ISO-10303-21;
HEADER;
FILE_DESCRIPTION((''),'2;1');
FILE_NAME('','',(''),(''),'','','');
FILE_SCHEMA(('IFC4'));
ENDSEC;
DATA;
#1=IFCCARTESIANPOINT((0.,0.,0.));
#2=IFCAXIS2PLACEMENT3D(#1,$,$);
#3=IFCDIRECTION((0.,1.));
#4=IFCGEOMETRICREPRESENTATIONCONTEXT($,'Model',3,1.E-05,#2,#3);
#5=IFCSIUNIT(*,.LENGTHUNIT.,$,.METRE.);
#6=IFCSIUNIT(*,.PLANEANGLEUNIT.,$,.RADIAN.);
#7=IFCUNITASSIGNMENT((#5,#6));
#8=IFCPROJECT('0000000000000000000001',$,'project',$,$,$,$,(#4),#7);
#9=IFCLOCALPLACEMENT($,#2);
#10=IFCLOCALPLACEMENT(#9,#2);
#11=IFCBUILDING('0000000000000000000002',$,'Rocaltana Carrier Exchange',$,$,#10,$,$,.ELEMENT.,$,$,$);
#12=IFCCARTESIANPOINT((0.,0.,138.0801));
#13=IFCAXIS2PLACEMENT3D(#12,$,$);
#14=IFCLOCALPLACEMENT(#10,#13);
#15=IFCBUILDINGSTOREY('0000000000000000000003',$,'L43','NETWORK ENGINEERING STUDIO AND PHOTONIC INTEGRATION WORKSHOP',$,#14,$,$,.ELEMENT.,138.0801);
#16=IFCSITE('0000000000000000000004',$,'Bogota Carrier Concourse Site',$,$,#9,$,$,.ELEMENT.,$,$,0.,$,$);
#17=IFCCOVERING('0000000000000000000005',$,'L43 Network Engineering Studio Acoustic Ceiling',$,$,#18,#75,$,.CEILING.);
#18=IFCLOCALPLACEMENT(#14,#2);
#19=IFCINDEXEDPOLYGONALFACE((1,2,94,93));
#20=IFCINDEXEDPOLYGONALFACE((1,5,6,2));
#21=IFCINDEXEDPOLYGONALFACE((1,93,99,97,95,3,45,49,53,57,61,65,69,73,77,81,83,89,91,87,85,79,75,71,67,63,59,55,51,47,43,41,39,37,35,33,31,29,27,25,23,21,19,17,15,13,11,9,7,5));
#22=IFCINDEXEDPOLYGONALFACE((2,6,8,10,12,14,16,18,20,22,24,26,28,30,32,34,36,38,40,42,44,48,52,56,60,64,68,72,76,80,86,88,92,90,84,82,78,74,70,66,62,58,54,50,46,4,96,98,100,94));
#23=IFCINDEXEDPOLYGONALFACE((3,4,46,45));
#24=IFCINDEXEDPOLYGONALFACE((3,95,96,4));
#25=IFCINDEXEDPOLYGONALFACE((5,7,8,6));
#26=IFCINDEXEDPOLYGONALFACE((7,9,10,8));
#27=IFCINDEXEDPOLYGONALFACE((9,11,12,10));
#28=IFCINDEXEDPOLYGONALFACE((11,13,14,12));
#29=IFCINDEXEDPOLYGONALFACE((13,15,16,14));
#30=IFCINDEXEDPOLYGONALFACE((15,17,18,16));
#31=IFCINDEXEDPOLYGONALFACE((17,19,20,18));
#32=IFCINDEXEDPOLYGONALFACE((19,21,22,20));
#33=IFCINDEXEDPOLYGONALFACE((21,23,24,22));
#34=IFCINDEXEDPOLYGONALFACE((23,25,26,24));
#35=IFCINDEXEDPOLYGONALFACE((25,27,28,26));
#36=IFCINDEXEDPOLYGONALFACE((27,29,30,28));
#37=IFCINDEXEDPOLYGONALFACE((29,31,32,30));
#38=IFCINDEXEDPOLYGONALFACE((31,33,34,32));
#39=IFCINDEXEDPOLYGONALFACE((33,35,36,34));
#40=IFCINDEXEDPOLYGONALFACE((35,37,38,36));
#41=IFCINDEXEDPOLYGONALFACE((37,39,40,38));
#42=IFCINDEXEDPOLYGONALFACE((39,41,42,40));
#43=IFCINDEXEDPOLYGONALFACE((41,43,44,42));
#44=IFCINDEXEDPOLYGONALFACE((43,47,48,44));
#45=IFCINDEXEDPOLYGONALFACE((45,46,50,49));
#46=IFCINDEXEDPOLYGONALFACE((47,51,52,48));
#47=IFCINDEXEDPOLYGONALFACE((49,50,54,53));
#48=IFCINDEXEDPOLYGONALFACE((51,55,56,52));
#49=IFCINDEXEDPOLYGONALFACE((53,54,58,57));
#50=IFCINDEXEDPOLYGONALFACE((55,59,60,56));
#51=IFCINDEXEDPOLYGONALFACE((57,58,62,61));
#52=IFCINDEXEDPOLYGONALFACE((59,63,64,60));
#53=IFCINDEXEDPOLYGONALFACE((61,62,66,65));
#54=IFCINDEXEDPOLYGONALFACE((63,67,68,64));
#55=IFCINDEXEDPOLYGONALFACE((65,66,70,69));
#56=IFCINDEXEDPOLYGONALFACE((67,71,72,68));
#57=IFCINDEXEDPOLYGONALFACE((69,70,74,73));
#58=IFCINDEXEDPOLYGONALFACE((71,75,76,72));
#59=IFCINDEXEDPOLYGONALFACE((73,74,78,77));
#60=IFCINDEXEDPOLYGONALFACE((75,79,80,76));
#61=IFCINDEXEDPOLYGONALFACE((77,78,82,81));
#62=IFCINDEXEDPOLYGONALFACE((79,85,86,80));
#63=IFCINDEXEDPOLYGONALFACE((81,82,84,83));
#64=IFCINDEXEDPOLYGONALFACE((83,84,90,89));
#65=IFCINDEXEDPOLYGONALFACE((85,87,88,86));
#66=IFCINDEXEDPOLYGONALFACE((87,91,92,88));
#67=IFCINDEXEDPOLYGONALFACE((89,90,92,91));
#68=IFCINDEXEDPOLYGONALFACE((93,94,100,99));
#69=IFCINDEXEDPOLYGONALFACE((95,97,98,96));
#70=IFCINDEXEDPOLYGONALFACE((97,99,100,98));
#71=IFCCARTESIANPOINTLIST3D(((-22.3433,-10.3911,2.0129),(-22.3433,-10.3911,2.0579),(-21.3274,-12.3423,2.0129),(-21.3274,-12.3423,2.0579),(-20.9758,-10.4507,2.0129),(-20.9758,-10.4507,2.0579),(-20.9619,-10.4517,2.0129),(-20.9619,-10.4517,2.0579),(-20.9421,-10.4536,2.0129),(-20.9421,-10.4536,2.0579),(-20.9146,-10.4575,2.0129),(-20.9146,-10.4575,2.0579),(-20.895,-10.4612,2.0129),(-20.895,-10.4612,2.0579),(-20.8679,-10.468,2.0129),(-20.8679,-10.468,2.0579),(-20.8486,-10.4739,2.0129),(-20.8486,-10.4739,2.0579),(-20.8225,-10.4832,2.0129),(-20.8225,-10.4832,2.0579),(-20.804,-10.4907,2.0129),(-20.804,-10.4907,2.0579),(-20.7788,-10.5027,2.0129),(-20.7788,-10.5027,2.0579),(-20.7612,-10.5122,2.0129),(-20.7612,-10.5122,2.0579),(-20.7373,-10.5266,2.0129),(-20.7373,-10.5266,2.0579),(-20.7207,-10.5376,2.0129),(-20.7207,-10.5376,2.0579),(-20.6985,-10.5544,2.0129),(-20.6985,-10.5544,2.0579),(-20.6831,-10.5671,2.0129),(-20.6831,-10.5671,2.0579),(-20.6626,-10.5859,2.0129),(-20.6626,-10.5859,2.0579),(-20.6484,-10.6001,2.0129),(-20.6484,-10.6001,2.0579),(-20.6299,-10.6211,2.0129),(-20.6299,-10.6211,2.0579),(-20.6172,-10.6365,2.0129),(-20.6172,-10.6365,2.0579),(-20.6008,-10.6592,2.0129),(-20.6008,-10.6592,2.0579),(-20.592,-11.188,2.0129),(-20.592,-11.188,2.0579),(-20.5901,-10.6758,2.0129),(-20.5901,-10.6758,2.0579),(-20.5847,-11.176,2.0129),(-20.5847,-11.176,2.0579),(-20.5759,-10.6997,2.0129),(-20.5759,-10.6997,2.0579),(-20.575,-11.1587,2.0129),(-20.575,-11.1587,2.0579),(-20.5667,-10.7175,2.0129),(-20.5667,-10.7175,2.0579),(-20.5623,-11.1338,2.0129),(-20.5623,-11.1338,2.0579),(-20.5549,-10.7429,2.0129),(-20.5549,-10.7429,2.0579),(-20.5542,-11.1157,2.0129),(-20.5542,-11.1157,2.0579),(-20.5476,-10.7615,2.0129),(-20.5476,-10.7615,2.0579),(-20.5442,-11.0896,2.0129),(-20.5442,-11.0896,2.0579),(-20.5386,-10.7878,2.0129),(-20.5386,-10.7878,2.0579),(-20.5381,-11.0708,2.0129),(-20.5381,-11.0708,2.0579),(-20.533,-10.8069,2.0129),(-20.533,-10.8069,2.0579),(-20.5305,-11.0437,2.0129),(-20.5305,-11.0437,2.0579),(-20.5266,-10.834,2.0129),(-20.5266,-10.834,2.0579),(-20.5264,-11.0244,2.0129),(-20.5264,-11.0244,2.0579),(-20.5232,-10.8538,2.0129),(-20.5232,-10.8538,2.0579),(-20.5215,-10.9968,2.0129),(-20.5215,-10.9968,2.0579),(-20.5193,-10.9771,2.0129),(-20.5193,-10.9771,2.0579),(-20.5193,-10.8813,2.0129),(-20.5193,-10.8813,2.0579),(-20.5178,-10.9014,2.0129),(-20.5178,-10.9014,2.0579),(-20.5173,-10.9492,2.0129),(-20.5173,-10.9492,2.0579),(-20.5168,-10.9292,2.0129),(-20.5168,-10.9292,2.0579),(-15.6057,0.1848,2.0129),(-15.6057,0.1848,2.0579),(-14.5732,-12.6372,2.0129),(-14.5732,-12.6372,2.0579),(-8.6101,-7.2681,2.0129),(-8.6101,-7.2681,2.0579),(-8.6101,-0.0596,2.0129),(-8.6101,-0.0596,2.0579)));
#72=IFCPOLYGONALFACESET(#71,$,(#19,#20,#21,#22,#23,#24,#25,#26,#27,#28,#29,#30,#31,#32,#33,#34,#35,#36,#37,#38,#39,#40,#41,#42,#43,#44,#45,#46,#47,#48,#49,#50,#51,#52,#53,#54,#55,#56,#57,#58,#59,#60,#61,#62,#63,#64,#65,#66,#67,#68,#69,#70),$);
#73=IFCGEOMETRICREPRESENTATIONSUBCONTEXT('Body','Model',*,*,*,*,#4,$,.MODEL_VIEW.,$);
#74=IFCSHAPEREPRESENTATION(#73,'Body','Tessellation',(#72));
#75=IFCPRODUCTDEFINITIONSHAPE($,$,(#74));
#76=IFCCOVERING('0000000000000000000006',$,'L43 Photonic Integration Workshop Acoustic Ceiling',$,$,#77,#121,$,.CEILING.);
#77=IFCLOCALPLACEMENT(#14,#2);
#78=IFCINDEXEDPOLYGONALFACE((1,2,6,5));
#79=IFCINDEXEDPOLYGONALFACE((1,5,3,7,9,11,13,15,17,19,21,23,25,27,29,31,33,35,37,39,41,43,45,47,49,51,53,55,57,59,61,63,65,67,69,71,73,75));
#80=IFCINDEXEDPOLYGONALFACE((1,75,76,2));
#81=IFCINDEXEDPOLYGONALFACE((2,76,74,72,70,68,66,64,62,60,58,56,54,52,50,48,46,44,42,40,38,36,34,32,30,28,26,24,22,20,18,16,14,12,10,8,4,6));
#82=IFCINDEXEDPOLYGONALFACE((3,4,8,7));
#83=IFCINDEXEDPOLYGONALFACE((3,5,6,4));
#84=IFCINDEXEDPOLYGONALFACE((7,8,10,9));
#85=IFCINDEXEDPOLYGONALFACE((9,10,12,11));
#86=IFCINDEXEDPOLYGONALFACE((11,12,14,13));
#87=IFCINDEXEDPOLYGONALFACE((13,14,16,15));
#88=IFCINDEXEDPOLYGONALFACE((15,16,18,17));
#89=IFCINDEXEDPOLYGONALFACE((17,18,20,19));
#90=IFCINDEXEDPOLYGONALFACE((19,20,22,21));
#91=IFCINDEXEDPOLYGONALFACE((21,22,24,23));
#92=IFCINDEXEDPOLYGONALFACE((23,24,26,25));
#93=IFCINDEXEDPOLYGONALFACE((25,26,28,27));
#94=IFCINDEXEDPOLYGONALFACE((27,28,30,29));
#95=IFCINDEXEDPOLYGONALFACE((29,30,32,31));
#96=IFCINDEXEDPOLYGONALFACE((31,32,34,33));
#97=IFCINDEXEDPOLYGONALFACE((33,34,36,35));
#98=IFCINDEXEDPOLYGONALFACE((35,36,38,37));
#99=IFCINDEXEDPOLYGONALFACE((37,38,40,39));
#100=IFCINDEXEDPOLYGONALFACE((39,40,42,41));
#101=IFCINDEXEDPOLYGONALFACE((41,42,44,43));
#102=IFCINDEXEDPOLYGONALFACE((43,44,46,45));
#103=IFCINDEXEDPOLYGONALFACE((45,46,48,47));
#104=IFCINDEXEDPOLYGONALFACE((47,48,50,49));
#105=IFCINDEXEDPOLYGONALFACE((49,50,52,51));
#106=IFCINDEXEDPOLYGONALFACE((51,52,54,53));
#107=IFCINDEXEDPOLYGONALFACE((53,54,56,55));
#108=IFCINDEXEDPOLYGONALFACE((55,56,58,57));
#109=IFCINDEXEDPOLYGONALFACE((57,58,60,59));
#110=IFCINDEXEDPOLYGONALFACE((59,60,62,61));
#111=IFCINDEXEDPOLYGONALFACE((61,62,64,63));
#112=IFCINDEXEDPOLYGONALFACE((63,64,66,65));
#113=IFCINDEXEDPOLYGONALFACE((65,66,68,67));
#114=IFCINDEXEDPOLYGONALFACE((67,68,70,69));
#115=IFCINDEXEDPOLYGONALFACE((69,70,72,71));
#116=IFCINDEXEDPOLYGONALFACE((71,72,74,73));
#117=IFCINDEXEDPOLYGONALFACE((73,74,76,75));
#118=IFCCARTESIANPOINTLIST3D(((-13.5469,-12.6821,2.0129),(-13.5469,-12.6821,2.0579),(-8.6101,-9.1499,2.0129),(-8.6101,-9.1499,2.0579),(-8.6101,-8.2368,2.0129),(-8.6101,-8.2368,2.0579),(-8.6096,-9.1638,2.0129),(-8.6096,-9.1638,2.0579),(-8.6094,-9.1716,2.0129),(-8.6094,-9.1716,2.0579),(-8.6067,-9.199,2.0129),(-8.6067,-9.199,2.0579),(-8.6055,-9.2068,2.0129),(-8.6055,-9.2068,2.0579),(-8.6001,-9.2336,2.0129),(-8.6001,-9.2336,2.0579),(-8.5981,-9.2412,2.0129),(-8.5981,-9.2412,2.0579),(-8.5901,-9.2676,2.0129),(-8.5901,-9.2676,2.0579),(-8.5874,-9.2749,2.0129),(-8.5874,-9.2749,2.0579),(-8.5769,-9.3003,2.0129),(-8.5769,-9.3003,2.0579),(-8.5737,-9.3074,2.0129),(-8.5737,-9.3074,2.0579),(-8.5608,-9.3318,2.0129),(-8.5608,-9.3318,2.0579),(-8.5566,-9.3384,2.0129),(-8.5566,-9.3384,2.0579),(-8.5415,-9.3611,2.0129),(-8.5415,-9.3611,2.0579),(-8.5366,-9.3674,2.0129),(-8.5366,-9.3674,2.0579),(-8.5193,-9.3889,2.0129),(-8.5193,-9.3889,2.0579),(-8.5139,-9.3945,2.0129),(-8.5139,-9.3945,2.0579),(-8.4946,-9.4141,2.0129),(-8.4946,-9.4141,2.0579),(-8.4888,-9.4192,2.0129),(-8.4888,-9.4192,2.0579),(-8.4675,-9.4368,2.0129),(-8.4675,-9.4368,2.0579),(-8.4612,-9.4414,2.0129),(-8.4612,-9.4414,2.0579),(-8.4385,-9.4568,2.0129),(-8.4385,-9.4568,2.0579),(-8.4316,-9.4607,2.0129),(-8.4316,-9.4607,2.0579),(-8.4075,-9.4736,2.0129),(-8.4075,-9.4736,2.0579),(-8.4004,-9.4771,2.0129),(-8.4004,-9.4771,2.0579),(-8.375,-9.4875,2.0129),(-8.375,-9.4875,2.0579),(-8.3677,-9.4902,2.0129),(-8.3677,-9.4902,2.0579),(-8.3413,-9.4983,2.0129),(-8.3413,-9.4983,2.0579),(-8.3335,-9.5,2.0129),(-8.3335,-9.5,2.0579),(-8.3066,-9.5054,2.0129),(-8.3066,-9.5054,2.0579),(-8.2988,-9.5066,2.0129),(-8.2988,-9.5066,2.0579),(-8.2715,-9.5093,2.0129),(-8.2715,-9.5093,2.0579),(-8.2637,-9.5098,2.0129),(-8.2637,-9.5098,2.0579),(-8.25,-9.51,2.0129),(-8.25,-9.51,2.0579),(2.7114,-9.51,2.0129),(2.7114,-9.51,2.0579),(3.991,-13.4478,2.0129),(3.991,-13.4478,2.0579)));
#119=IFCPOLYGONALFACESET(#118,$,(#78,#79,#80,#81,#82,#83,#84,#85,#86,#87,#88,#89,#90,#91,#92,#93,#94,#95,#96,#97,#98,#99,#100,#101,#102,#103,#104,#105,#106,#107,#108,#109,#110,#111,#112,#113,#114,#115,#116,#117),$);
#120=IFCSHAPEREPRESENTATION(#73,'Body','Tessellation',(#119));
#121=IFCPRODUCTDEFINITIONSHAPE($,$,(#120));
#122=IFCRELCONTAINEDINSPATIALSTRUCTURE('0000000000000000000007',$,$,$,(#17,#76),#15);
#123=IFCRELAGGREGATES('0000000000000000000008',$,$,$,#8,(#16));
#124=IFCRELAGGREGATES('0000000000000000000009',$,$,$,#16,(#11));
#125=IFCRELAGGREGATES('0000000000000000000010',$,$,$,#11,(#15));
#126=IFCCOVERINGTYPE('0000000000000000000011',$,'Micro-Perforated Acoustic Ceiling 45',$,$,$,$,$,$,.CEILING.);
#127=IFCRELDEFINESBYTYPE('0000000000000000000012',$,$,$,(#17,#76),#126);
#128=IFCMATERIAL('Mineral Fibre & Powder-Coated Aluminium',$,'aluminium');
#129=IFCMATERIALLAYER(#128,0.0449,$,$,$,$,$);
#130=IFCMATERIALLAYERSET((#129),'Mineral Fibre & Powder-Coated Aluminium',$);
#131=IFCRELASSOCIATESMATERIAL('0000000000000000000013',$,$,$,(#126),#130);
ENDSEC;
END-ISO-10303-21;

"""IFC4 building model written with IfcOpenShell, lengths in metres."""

from ifc_helpers import new_model, si_unit, direction, frame, origin, place, context, subcontext, project, spatial, polyline, outline, extrude, material, layer, layer_set, type_object, element, save


model = new_model("IFC4")

# Units and contexts
model_context = context("Model", 3, precision=1e-05, world=origin(), true_north=direction((0.0, 1.0)))
body_context = subcontext(model_context, "Body", "Model", "MODEL_VIEW")
ifc_project = project(units=[si_unit("LENGTHUNIT", "METRE"), si_unit("PLANEANGLEUNIT", "RADIAN")], contexts=[model_context])

# Site, building, storey
site_placement = place(None, origin())
site = spatial("IfcSite", under=ifc_project, at=site_placement, Name="Bogota Carrier Concourse Site", CompositionType="ELEMENT", RefElevation=0.0)
building_placement = place(site_placement, origin())
building = spatial("IfcBuilding", under=site, at=building_placement, Name="Rocaltana Carrier Exchange", CompositionType="ELEMENT")
storey_placement = place(building_placement, frame((0.0, 0.0, 138.0801)))
storey = spatial("IfcBuildingStorey", under=building, at=storey_placement, Name="L43", Description="NETWORK ENGINEERING STUDIO AND PHOTONIC INTEGRATION WORKSHOP", CompositionType="ELEMENT", Elevation=138.0801)

# Coverings
ifc_material_1 = material(Name="Mineral Fibre & Powder-Coated Aluminium", Category="aluminium")
ifc_layer_1 = layer(ifc_material_1, 0.0449)
ifc_layer_set_1 = layer_set([ifc_layer_1], Name="Mineral Fibre & Powder-Coated Aluminium")
covering_type_1 = type_object("IfcCoveringType", Name="Micro-Perforated Acoustic Ceiling 45", PredefinedType="CEILING", material=ifc_layer_set_1)
covering_1_placement = place(storey_placement, frame((0.0, 0.0, 2.0129)))
element("IfcCovering", 1, at=covering_1_placement, inside=storey, type_object=covering_type_1, Name="L43 Network Engineering Studio Acoustic Ceiling", PredefinedType="CEILING", context=body_context, shape_type="SweptSolid", body=[
    extrude(outline(polyline([(-20.592, -11.188), (-20.5847, -11.176), (-20.575, -11.1587), (-20.5623, -11.1338), (-20.5542, -11.1157), (-20.5442, -11.0896), (-20.5381, -11.0708), (-20.5305, -11.0437), (-20.5264, -11.0244), (-20.5215, -10.9968), (-20.5193, -10.9771), (-20.5173, -10.9492), (-20.5168, -10.9292), (-20.5178, -10.9014), (-20.5193, -10.8813), (-20.5232, -10.8538), (-20.5266, -10.834), (-20.533, -10.8069), (-20.5386, -10.7878), (-20.5476, -10.7615), (-20.5549, -10.7429), (-20.5667, -10.7175), (-20.5759, -10.6997), (-20.5901, -10.6758), (-20.6008, -10.6592), (-20.6172, -10.6365), (-20.6299, -10.6211), (-20.6484, -10.6001), (-20.6626, -10.5859), (-20.6831, -10.5671), (-20.6985, -10.5544), (-20.7207, -10.5376), (-20.7373, -10.5266), (-20.7612, -10.5122), (-20.7788, -10.5027), (-20.804, -10.4907), (-20.8225, -10.4832), (-20.8486, -10.4739), (-20.8679, -10.468), (-20.895, -10.4612), (-20.9146, -10.4575), (-20.9421, -10.4536), (-20.9619, -10.4517), (-20.9758, -10.4507), (-22.3433, -10.3911), (-15.6057, 0.1848), (-8.6101, -0.0596), (-8.6101, -7.2681), (-14.5732, -12.6372), (-21.3274, -12.3423), (-20.592, -11.188)])), origin(), (0.0, 0.0, 1.0), 0.0449),
])
covering_2_placement = place(storey_placement, frame((0.0, 0.0, 2.0129)))
element("IfcCovering", 2, at=covering_2_placement, inside=storey, type_object=covering_type_1, Name="L43 Photonic Integration Workshop Acoustic Ceiling", PredefinedType="CEILING", context=body_context, shape_type="SweptSolid", body=[
    extrude(outline(polyline([(-13.5469, -12.6821), (-8.6101, -8.2368), (-8.6101, -9.1499), (-8.6096, -9.1638), (-8.6094, -9.1716), (-8.6067, -9.199), (-8.6055, -9.2068), (-8.6001, -9.2336), (-8.5981, -9.2412), (-8.5901, -9.2676), (-8.5874, -9.2749), (-8.5769, -9.3003), (-8.5737, -9.3074), (-8.5608, -9.3318), (-8.5566, -9.3384), (-8.5415, -9.3611), (-8.5366, -9.3674), (-8.5193, -9.3889), (-8.5139, -9.3945), (-8.4946, -9.4141), (-8.4888, -9.4192), (-8.4675, -9.4368), (-8.4612, -9.4414), (-8.4385, -9.4568), (-8.4316, -9.4607), (-8.4075, -9.4736), (-8.4004, -9.4771), (-8.375, -9.4875), (-8.3677, -9.4902), (-8.3413, -9.4983), (-8.3335, -9.5), (-8.3066, -9.5054), (-8.2988, -9.5066), (-8.2715, -9.5093), (-8.2637, -9.5098), (-8.25, -9.51), (2.7114, -9.51), (3.991, -13.4478), (-13.5469, -12.6821)])), origin(), (0.0, 0.0, 1.0), 0.0449),
])

save(model, "model.ifc")
